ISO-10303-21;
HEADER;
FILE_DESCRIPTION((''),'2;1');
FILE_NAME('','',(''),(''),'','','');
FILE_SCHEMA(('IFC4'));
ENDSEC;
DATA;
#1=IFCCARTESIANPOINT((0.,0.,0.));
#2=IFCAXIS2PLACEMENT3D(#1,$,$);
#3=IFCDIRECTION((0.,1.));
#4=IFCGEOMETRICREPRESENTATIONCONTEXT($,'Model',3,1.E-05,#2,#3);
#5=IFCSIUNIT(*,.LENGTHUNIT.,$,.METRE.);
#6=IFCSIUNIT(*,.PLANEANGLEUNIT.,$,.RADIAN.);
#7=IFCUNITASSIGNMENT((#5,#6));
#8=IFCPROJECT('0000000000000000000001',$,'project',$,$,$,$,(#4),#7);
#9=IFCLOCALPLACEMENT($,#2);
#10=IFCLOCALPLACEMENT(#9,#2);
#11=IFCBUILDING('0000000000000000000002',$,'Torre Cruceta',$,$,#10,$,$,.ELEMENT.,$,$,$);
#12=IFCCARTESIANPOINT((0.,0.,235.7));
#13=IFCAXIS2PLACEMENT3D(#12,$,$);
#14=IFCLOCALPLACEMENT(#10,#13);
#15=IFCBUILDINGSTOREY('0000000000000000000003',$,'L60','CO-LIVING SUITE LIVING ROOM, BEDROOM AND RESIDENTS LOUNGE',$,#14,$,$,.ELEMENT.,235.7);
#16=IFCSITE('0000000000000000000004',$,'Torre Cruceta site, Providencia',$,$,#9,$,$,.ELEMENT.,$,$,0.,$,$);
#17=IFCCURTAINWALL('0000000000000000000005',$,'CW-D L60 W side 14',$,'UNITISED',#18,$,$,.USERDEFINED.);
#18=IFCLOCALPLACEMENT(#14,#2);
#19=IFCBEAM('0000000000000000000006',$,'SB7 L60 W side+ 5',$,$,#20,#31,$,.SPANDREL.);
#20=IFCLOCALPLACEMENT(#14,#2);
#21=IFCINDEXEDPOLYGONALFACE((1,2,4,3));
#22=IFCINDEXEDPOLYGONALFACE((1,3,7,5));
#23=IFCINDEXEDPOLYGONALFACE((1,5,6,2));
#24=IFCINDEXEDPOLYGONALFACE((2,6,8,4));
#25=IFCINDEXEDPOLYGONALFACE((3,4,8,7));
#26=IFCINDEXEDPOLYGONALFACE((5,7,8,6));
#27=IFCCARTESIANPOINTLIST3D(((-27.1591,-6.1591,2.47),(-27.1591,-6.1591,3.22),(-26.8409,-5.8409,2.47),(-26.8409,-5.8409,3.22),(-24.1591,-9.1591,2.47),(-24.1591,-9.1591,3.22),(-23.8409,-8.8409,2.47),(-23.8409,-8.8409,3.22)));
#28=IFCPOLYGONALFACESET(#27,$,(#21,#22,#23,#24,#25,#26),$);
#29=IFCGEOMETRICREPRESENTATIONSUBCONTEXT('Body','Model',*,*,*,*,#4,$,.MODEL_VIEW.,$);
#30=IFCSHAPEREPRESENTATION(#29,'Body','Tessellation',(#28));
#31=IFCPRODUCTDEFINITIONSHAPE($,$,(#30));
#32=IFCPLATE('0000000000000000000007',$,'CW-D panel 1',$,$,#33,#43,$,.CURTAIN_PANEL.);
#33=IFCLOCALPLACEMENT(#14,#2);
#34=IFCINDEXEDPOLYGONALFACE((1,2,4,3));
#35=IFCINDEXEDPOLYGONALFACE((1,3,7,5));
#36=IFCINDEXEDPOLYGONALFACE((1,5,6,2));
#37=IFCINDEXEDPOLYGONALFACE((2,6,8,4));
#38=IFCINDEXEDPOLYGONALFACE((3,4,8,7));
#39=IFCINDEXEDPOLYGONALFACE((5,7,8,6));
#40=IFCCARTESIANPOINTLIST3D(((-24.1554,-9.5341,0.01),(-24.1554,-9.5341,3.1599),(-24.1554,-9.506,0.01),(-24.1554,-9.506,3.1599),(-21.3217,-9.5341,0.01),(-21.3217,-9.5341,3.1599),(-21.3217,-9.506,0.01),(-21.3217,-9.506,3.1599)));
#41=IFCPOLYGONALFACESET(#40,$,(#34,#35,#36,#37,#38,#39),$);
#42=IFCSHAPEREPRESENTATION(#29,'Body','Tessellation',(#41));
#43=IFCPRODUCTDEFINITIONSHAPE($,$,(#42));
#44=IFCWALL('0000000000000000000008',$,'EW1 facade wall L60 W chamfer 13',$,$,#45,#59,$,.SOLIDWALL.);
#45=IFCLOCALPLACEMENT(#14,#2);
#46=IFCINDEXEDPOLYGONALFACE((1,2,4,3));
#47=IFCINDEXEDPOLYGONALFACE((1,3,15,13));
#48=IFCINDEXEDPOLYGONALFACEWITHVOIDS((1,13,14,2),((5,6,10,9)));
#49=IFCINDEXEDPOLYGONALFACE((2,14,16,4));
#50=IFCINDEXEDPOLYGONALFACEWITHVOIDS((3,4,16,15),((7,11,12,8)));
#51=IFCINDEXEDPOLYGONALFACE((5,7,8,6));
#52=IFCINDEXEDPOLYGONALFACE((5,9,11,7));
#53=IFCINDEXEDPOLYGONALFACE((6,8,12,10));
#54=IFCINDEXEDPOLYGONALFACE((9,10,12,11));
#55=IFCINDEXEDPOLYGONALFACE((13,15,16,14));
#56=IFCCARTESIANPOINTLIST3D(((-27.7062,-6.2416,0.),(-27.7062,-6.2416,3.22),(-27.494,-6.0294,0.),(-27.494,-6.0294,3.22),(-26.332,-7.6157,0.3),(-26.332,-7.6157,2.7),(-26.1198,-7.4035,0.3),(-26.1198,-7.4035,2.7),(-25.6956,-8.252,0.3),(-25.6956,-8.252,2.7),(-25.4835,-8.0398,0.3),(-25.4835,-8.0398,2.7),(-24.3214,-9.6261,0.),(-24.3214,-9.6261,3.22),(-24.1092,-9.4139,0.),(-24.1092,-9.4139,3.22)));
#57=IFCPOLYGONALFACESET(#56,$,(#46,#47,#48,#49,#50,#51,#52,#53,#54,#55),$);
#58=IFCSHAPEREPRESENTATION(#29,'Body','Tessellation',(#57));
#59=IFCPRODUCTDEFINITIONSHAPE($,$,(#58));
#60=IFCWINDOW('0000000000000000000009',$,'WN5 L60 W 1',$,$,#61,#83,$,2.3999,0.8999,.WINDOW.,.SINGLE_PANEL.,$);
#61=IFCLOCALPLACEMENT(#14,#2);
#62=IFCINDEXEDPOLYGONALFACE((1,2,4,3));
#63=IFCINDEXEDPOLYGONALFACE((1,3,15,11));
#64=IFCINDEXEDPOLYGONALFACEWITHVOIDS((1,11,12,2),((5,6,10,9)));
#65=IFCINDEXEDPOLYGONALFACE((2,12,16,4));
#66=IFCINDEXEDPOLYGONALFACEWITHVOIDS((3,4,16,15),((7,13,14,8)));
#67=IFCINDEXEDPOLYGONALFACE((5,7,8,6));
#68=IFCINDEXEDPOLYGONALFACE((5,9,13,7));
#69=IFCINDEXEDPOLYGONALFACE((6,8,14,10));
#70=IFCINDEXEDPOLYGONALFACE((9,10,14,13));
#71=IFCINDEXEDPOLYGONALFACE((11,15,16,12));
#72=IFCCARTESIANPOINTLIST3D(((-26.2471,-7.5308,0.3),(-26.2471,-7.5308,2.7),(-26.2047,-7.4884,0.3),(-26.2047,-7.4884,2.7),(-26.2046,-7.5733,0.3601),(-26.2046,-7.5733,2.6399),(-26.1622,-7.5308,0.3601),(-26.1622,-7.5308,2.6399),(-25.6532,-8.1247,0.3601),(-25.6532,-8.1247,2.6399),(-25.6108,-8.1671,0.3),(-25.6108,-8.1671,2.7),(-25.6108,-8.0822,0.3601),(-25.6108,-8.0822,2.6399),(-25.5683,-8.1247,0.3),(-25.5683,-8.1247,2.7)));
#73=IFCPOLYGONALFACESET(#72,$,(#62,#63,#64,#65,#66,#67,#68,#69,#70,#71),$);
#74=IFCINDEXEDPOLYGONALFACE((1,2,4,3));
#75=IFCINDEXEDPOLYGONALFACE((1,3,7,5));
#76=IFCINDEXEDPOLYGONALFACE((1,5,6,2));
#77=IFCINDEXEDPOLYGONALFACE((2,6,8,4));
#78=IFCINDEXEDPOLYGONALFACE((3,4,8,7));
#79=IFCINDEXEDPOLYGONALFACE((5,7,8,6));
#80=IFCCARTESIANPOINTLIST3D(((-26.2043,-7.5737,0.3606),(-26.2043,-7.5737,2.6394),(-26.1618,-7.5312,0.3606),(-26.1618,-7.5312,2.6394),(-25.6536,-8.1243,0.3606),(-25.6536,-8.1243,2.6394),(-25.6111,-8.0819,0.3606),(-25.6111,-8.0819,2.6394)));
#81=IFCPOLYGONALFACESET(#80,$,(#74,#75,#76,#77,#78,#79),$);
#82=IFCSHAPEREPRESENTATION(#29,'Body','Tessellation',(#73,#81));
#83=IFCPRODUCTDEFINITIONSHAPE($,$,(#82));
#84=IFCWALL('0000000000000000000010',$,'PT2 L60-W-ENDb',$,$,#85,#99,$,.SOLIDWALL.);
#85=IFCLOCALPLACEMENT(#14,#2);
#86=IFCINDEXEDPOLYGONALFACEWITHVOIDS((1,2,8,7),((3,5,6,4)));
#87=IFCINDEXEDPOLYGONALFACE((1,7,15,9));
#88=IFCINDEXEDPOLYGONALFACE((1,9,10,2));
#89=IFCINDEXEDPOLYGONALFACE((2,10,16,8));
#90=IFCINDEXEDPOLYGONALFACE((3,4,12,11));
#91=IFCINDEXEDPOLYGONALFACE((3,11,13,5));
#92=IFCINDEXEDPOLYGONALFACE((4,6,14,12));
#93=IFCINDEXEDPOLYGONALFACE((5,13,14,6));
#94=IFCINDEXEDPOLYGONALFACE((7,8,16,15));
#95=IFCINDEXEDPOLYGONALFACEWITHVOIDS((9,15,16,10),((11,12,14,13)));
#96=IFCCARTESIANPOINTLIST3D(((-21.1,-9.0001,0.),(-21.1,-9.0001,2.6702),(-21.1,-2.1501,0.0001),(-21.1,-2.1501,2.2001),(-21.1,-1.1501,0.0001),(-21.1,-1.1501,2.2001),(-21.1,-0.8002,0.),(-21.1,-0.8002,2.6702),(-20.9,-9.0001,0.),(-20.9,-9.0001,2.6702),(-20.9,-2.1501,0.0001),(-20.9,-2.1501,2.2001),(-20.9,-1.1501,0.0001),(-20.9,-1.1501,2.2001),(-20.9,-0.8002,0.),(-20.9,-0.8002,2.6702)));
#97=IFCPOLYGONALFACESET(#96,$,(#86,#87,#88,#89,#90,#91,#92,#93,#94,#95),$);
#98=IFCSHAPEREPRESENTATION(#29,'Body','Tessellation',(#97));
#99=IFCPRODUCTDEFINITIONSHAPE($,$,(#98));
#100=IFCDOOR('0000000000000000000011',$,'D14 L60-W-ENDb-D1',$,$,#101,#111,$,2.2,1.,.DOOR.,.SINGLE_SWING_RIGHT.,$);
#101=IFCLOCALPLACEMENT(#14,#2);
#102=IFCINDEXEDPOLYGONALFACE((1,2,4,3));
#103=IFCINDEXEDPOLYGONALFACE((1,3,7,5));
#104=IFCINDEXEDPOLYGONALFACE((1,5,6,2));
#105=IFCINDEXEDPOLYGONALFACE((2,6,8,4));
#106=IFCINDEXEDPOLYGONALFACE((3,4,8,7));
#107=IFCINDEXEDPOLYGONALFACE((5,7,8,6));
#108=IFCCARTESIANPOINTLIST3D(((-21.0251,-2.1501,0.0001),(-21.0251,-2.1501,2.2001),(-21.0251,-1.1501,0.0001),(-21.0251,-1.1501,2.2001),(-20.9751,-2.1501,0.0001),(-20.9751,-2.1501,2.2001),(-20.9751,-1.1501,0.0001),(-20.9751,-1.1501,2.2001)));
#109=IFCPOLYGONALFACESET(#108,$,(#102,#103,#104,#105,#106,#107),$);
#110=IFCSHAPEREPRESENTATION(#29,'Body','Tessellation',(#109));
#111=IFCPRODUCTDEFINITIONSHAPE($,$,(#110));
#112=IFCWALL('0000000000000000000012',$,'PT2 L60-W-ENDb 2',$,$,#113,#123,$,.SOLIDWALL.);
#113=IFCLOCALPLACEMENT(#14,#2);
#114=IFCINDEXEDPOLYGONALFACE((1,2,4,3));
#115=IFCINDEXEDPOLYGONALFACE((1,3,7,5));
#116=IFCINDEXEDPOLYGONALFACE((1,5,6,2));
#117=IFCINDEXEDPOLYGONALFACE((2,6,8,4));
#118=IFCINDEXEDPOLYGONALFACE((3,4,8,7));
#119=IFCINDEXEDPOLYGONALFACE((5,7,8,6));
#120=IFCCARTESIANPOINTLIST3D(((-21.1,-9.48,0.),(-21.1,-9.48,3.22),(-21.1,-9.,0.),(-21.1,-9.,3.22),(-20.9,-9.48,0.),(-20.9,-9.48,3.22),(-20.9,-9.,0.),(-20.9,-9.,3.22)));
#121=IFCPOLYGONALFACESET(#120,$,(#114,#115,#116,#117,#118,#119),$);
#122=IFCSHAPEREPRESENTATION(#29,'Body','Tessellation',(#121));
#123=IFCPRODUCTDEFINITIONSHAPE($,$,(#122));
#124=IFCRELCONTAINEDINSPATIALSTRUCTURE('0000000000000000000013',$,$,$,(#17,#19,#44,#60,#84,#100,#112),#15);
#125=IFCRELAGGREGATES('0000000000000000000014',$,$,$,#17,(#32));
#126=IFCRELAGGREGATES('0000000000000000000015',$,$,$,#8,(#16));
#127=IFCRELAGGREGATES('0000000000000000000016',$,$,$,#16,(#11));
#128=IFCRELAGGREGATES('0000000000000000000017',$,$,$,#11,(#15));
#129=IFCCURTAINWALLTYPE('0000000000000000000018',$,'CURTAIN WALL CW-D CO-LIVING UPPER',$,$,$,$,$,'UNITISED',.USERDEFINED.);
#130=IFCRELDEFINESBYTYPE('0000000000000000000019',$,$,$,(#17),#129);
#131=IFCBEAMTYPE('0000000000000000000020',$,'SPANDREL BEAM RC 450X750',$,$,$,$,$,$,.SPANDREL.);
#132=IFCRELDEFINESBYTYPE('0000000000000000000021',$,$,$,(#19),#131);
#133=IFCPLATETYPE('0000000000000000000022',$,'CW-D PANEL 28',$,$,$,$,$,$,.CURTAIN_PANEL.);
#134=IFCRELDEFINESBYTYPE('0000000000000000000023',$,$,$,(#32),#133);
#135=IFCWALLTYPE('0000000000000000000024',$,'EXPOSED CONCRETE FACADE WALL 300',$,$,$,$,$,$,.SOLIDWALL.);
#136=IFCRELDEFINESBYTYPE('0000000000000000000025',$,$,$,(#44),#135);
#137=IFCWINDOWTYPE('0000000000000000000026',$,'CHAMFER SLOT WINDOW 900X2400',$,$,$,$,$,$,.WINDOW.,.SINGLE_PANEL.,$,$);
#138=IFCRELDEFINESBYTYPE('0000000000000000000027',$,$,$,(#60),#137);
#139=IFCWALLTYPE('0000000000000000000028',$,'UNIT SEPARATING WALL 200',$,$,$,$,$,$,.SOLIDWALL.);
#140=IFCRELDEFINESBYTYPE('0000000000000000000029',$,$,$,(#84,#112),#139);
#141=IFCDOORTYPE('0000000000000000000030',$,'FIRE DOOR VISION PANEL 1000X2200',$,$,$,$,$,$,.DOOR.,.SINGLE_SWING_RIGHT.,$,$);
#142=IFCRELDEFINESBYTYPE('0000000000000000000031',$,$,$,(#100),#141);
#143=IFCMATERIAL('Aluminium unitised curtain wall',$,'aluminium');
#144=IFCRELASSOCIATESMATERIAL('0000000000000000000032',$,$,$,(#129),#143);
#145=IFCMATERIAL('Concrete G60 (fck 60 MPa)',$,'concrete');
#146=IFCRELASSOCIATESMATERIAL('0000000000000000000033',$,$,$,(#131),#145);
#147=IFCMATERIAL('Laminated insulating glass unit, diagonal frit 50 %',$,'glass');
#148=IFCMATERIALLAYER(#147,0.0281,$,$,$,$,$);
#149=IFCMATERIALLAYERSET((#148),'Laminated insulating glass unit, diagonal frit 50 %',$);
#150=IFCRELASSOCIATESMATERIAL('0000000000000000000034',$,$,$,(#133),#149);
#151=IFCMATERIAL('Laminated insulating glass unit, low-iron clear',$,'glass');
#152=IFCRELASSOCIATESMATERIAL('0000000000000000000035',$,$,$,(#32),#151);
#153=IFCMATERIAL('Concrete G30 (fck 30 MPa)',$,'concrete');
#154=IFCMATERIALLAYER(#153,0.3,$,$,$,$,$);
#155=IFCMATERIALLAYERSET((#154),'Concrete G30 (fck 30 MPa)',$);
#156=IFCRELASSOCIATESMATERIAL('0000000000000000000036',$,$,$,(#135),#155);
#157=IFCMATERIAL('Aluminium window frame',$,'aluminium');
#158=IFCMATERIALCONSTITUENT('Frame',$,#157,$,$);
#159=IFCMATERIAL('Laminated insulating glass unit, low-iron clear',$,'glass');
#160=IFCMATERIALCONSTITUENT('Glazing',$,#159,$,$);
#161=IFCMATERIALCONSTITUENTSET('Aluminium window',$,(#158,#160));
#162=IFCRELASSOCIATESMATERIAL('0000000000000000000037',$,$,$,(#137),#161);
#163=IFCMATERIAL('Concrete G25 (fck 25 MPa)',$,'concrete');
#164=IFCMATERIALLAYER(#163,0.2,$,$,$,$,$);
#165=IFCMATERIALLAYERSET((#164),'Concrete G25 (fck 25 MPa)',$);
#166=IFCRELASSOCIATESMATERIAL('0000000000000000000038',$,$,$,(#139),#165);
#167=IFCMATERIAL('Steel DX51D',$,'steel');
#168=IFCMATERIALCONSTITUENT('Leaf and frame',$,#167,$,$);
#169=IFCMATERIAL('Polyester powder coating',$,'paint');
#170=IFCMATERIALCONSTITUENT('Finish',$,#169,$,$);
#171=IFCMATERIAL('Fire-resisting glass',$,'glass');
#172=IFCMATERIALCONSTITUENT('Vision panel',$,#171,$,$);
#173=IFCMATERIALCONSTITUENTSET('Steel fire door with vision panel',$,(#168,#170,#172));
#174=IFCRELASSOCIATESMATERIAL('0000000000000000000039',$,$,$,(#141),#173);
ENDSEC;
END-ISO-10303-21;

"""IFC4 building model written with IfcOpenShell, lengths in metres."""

from ifc_helpers import new_model, si_unit, direction, frame, frame_2d, origin, origin_2d, place, context, subcontext, project, spatial, rectangle, hollow_rectangle, extrude, material, layer, layer_set, constituent, constituent_set, material_profile, profile_set, type_object, element, fill, aggregate, save


model = new_model("IFC4")

# Units and contexts
model_context = context("Model", 3, precision=1e-05, world=origin(), true_north=direction((0.0, 1.0)))
body_context = subcontext(model_context, "Body", "Model", "MODEL_VIEW")
ifc_project = project(units=[si_unit("LENGTHUNIT", "METRE"), si_unit("PLANEANGLEUNIT", "RADIAN")], contexts=[model_context])

# Site, building, storey
site_placement = place(None, origin())
site = spatial("IfcSite", under=ifc_project, at=site_placement, Name="Torre Cruceta site, Providencia", CompositionType="ELEMENT", RefElevation=0.0)
building_placement = place(site_placement, origin())
building = spatial("IfcBuilding", under=site, at=building_placement, Name="Torre Cruceta", CompositionType="ELEMENT")
storey_placement = place(building_placement, frame((0.0, 0.0, 235.7)))
storey = spatial("IfcBuildingStorey", under=building, at=storey_placement, Name="L60", Description="CO-LIVING SUITE LIVING ROOM, BEDROOM AND RESIDENTS LOUNGE", CompositionType="ELEMENT", Elevation=235.7)

# Curtain wall
ifc_material_1 = material(Name="Aluminium unitised curtain wall", Category="aluminium")
curtain_wall_type = type_object("IfcCurtainWallType", Name="CURTAIN WALL CW-D CO-LIVING UPPER", ElementType="UNITISED", PredefinedType="USERDEFINED", material=ifc_material_1)
curtain_wall_placement = place(storey_placement, origin())
curtain_wall = element("IfcCurtainWall", 1, at=curtain_wall_placement, inside=storey, type_object=curtain_wall_type, Name="CW-D L60 W side 14", ObjectType="UNITISED", PredefinedType="USERDEFINED")

# Beam
ifc_material_2 = material(Name="Concrete G60 (fck 60 MPa)", Category="concrete")
ifc_material_profile_1 = material_profile(ifc_material_2, rectangle(XDim=0.45, YDim=0.75, at=origin_2d()), Name="RC 450X750")
ifc_profile_set_1 = profile_set([ifc_material_profile_1], Name="Concrete G60 (fck 60 MPa)")
beam_type_1 = type_object("IfcBeamType", Name="SPANDREL BEAM RC 450X750", PredefinedType="SPANDREL", material=ifc_profile_set_1)
beam_1_placement = place(storey_placement, frame((-24.0, -9.0, 2.845), z_axis=(-0.707107, 0.707107, 0.0), x_axis=(-0.707107, -0.707107, 0.0)))
element("IfcBeam", 2, at=beam_1_placement, inside=storey, type_object=beam_type_1, Name="SB7 L60 W side+ 5", PredefinedType="SPANDREL", context=body_context, shape_type="SweptSolid", body=[
    extrude(rectangle(XDim=0.45, YDim=0.75, at=origin_2d()), origin(), (0.0, 0.0, 1.0), 4.2427),
])

# Plate
ifc_material_3 = material(Name="Laminated insulating glass unit, low-iron clear", Category="glass")
ifc_material_4 = material(Name="Laminated insulating glass unit, diagonal frit 50 %", Category="glass")
ifc_layer_1 = layer(ifc_material_4, 0.0281)
ifc_layer_set_1 = layer_set([ifc_layer_1], Name="Laminated insulating glass unit, diagonal frit 50 %")
plate_type = type_object("IfcPlateType", Name="CW-D PANEL 28", PredefinedType="CURTAIN_PANEL", material=ifc_layer_set_1)
plate_placement = place(storey_placement, frame((-22.7385, -9.52, 0.01), z_axis=(0.0, 0.0, 1.0), x_axis=(1.0, 0.0, 0.0)))
plate = element("IfcPlate", 3, at=plate_placement, type_object=plate_type, material=ifc_material_3, Name="CW-D panel 1", PredefinedType="CURTAIN_PANEL", context=body_context, shape_type="SweptSolid", body=[
    extrude(rectangle(XDim=2.8337, YDim=0.0281, at=origin_2d()), origin(), (0.0, 0.0, 1.0), 3.1499),
])
aggregate(curtain_wall, [plate])

# Wall, opening, window
ifc_material_5 = material(Name="Concrete G30 (fck 30 MPa)", Category="concrete")
ifc_layer_2 = layer(ifc_material_5, 0.3)
ifc_layer_set_2 = layer_set([ifc_layer_2], Name="Concrete G30 (fck 30 MPa)")
wall_type_1 = type_object("IfcWallType", Name="EXPOSED CONCRETE FACADE WALL 300", PredefinedType="SOLIDWALL", material=ifc_layer_set_2)
wall_1_placement = place(storey_placement, frame((-27.6001, -6.1355, 0.0), z_axis=(0.0, 0.0, 1.0), x_axis=(0.707132, -0.707081, 0.0)))
wall_1 = element("IfcWall", 4, at=wall_1_placement, inside=storey, type_object=wall_type_1, Name="EW1 facade wall L60 W chamfer 13", PredefinedType="SOLIDWALL", context=body_context, shape_type="SweptSolid", body=[
    extrude(rectangle(XDim=4.7866, YDim=0.3, at=frame_2d((2.3933, 0.0))), origin(), (0.0, 0.0, 1.0), 3.22),
])
opening_1_placement = place(wall_1_placement, frame((1.9434, 0.0, 0.3)))
opening_1 = element("IfcOpeningElement", 5, at=opening_1_placement, cuts=wall_1, PredefinedType="OPENING", context=body_context, shape_type="SweptSolid", body=[
    extrude(rectangle(XDim=0.8999, YDim=2.3999, at=frame_2d((0.45, 1.2))), frame((0.0, 0.1599, 0.0), z_axis=(0.0, -1.0, 0.0), x_axis=(1.0, 0.0, 0.0)), (0.0, 0.0, 1.0), 0.3201),
])
ifc_material_6 = material(Name="Aluminium window frame", Category="aluminium")
ifc_constituent_1 = constituent(ifc_material_6, Name="Frame")
ifc_material_7 = material(Name="Laminated insulating glass unit, low-iron clear", Category="glass")
ifc_constituent_2 = constituent(ifc_material_7, Name="Glazing")
ifc_constituent_set_1 = constituent_set(constituents=[ifc_constituent_1, ifc_constituent_2], Name="Aluminium window")
window_type = type_object("IfcWindowType", Name="CHAMFER SLOT WINDOW 900X2400", PartitioningType="SINGLE_PANEL", PredefinedType="WINDOW", material=ifc_constituent_set_1)
window_placement = place(opening_1_placement, origin())
window = element("IfcWindow", 6, at=window_placement, inside=storey, type_object=window_type, Name="WN5 L60 W 1", OverallHeight=2.3999, OverallWidth=0.8999, PartitioningType="SINGLE_PANEL", PredefinedType="WINDOW", context=body_context, shape_type="SweptSolid", body=[
    extrude(hollow_rectangle(XDim=0.8999, YDim=2.3999, WallThickness=0.0601, at=frame_2d((0.45, 1.2))), frame((0.0, 0.03, 0.0), z_axis=(0.0, -1.0, 0.0), x_axis=(1.0, 0.0, 0.0)), (0.0, 0.0, 1.0), 0.0601),
    extrude(rectangle(XDim=0.7788, YDim=2.2788, at=frame_2d((0.45, 1.2))), frame((0.0, 0.03, 0.0), z_axis=(0.0, -1.0, 0.0), x_axis=(1.0, 0.0, 0.0)), (0.0, 0.0, 1.0), 0.0601),
])
fill(opening_1, window)

# Wall, opening, door
ifc_material_8 = material(Name="Concrete G25 (fck 25 MPa)", Category="concrete")
ifc_layer_3 = layer(ifc_material_8, 0.2)
ifc_layer_set_3 = layer_set([ifc_layer_3], Name="Concrete G25 (fck 25 MPa)")
wall_type_2 = type_object("IfcWallType", Name="UNIT SEPARATING WALL 200", PredefinedType="SOLIDWALL", material=ifc_layer_set_3)
wall_2_placement = place(storey_placement, frame((-21.0, -0.8, 0.0), z_axis=(0.0, 0.0, 1.0), x_axis=(0.0, -1.0, 0.0)))
wall_2 = element("IfcWall", 7, at=wall_2_placement, inside=storey, type_object=wall_type_2, Name="PT2 L60-W-ENDb", PredefinedType="SOLIDWALL", context=body_context, shape_type="SweptSolid", body=[
    extrude(rectangle(XDim=8.2, YDim=0.2, at=frame_2d((4.1001, 0.0))), origin(), (0.0, 0.0, 1.0), 2.6702),
])
opening_2_placement = place(wall_2_placement, frame((0.3501, 0.0, 0.0)))
opening_2 = element("IfcOpeningElement", 8, at=opening_2_placement, cuts=wall_2, PredefinedType="OPENING", context=body_context, shape_type="SweptSolid", body=[
    extrude(rectangle(XDim=1.0, YDim=2.2, at=frame_2d((0.5, 1.1001))), frame((0.0, 0.1099, 0.0), z_axis=(0.0, -1.0, 0.0), x_axis=(1.0, 0.0, 0.0)), (0.0, 0.0, 1.0), 0.22),
])
ifc_material_9 = material(Name="Steel DX51D", Category="steel")
ifc_constituent_3 = constituent(ifc_material_9, Name="Leaf and frame")
ifc_material_10 = material(Name="Polyester powder coating", Category="paint")
ifc_constituent_4 = constituent(ifc_material_10, Name="Finish")
ifc_material_11 = material(Name="Fire-resisting glass", Category="glass")
ifc_constituent_5 = constituent(ifc_material_11, Name="Vision panel")
ifc_constituent_set_2 = constituent_set(constituents=[ifc_constituent_3, ifc_constituent_4, ifc_constituent_5], Name="Steel fire door with vision panel")
door_type = type_object("IfcDoorType", Name="FIRE DOOR VISION PANEL 1000X2200", OperationType="SINGLE_SWING_RIGHT", PredefinedType="DOOR", material=ifc_constituent_set_2)
door_placement = place(opening_2_placement, frame((1.0, 0.0, 0.0), z_axis=(0.0, 0.0, 1.0), x_axis=(-1.0, 0.0, 0.0)))
door = element("IfcDoor", 9, at=door_placement, inside=storey, type_object=door_type, Name="D14 L60-W-ENDb-D1", OperationType="SINGLE_SWING_RIGHT", OverallHeight=2.2, OverallWidth=1.0, PredefinedType="DOOR", context=body_context, shape_type="SweptSolid", body=[
    extrude(rectangle(XDim=1.0, YDim=2.2, at=frame_2d((0.5, 1.1001))), frame((0.0, 0.0251, 0.0), z_axis=(0.0, -1.0, 0.0), x_axis=(1.0, 0.0, 0.0)), (0.0, 0.0, 1.0), 0.05),
])
fill(opening_2, door)

# Wall
wall_3_placement = place(storey_placement, frame((-21.0, -9.0, 0.0), z_axis=(0.0, 0.0, 1.0), x_axis=(0.0, -1.0, 0.0)))
element("IfcWall", 10, at=wall_3_placement, inside=storey, type_object=wall_type_2, Name="PT2 L60-W-ENDb 2", PredefinedType="SOLIDWALL", context=body_context, shape_type="SweptSolid", body=[
    extrude(rectangle(XDim=0.48, YDim=0.2, at=frame_2d((0.24, 0.0))), origin(), (0.0, 0.0, 1.0), 3.22),
])

save(model, "model.ifc")
